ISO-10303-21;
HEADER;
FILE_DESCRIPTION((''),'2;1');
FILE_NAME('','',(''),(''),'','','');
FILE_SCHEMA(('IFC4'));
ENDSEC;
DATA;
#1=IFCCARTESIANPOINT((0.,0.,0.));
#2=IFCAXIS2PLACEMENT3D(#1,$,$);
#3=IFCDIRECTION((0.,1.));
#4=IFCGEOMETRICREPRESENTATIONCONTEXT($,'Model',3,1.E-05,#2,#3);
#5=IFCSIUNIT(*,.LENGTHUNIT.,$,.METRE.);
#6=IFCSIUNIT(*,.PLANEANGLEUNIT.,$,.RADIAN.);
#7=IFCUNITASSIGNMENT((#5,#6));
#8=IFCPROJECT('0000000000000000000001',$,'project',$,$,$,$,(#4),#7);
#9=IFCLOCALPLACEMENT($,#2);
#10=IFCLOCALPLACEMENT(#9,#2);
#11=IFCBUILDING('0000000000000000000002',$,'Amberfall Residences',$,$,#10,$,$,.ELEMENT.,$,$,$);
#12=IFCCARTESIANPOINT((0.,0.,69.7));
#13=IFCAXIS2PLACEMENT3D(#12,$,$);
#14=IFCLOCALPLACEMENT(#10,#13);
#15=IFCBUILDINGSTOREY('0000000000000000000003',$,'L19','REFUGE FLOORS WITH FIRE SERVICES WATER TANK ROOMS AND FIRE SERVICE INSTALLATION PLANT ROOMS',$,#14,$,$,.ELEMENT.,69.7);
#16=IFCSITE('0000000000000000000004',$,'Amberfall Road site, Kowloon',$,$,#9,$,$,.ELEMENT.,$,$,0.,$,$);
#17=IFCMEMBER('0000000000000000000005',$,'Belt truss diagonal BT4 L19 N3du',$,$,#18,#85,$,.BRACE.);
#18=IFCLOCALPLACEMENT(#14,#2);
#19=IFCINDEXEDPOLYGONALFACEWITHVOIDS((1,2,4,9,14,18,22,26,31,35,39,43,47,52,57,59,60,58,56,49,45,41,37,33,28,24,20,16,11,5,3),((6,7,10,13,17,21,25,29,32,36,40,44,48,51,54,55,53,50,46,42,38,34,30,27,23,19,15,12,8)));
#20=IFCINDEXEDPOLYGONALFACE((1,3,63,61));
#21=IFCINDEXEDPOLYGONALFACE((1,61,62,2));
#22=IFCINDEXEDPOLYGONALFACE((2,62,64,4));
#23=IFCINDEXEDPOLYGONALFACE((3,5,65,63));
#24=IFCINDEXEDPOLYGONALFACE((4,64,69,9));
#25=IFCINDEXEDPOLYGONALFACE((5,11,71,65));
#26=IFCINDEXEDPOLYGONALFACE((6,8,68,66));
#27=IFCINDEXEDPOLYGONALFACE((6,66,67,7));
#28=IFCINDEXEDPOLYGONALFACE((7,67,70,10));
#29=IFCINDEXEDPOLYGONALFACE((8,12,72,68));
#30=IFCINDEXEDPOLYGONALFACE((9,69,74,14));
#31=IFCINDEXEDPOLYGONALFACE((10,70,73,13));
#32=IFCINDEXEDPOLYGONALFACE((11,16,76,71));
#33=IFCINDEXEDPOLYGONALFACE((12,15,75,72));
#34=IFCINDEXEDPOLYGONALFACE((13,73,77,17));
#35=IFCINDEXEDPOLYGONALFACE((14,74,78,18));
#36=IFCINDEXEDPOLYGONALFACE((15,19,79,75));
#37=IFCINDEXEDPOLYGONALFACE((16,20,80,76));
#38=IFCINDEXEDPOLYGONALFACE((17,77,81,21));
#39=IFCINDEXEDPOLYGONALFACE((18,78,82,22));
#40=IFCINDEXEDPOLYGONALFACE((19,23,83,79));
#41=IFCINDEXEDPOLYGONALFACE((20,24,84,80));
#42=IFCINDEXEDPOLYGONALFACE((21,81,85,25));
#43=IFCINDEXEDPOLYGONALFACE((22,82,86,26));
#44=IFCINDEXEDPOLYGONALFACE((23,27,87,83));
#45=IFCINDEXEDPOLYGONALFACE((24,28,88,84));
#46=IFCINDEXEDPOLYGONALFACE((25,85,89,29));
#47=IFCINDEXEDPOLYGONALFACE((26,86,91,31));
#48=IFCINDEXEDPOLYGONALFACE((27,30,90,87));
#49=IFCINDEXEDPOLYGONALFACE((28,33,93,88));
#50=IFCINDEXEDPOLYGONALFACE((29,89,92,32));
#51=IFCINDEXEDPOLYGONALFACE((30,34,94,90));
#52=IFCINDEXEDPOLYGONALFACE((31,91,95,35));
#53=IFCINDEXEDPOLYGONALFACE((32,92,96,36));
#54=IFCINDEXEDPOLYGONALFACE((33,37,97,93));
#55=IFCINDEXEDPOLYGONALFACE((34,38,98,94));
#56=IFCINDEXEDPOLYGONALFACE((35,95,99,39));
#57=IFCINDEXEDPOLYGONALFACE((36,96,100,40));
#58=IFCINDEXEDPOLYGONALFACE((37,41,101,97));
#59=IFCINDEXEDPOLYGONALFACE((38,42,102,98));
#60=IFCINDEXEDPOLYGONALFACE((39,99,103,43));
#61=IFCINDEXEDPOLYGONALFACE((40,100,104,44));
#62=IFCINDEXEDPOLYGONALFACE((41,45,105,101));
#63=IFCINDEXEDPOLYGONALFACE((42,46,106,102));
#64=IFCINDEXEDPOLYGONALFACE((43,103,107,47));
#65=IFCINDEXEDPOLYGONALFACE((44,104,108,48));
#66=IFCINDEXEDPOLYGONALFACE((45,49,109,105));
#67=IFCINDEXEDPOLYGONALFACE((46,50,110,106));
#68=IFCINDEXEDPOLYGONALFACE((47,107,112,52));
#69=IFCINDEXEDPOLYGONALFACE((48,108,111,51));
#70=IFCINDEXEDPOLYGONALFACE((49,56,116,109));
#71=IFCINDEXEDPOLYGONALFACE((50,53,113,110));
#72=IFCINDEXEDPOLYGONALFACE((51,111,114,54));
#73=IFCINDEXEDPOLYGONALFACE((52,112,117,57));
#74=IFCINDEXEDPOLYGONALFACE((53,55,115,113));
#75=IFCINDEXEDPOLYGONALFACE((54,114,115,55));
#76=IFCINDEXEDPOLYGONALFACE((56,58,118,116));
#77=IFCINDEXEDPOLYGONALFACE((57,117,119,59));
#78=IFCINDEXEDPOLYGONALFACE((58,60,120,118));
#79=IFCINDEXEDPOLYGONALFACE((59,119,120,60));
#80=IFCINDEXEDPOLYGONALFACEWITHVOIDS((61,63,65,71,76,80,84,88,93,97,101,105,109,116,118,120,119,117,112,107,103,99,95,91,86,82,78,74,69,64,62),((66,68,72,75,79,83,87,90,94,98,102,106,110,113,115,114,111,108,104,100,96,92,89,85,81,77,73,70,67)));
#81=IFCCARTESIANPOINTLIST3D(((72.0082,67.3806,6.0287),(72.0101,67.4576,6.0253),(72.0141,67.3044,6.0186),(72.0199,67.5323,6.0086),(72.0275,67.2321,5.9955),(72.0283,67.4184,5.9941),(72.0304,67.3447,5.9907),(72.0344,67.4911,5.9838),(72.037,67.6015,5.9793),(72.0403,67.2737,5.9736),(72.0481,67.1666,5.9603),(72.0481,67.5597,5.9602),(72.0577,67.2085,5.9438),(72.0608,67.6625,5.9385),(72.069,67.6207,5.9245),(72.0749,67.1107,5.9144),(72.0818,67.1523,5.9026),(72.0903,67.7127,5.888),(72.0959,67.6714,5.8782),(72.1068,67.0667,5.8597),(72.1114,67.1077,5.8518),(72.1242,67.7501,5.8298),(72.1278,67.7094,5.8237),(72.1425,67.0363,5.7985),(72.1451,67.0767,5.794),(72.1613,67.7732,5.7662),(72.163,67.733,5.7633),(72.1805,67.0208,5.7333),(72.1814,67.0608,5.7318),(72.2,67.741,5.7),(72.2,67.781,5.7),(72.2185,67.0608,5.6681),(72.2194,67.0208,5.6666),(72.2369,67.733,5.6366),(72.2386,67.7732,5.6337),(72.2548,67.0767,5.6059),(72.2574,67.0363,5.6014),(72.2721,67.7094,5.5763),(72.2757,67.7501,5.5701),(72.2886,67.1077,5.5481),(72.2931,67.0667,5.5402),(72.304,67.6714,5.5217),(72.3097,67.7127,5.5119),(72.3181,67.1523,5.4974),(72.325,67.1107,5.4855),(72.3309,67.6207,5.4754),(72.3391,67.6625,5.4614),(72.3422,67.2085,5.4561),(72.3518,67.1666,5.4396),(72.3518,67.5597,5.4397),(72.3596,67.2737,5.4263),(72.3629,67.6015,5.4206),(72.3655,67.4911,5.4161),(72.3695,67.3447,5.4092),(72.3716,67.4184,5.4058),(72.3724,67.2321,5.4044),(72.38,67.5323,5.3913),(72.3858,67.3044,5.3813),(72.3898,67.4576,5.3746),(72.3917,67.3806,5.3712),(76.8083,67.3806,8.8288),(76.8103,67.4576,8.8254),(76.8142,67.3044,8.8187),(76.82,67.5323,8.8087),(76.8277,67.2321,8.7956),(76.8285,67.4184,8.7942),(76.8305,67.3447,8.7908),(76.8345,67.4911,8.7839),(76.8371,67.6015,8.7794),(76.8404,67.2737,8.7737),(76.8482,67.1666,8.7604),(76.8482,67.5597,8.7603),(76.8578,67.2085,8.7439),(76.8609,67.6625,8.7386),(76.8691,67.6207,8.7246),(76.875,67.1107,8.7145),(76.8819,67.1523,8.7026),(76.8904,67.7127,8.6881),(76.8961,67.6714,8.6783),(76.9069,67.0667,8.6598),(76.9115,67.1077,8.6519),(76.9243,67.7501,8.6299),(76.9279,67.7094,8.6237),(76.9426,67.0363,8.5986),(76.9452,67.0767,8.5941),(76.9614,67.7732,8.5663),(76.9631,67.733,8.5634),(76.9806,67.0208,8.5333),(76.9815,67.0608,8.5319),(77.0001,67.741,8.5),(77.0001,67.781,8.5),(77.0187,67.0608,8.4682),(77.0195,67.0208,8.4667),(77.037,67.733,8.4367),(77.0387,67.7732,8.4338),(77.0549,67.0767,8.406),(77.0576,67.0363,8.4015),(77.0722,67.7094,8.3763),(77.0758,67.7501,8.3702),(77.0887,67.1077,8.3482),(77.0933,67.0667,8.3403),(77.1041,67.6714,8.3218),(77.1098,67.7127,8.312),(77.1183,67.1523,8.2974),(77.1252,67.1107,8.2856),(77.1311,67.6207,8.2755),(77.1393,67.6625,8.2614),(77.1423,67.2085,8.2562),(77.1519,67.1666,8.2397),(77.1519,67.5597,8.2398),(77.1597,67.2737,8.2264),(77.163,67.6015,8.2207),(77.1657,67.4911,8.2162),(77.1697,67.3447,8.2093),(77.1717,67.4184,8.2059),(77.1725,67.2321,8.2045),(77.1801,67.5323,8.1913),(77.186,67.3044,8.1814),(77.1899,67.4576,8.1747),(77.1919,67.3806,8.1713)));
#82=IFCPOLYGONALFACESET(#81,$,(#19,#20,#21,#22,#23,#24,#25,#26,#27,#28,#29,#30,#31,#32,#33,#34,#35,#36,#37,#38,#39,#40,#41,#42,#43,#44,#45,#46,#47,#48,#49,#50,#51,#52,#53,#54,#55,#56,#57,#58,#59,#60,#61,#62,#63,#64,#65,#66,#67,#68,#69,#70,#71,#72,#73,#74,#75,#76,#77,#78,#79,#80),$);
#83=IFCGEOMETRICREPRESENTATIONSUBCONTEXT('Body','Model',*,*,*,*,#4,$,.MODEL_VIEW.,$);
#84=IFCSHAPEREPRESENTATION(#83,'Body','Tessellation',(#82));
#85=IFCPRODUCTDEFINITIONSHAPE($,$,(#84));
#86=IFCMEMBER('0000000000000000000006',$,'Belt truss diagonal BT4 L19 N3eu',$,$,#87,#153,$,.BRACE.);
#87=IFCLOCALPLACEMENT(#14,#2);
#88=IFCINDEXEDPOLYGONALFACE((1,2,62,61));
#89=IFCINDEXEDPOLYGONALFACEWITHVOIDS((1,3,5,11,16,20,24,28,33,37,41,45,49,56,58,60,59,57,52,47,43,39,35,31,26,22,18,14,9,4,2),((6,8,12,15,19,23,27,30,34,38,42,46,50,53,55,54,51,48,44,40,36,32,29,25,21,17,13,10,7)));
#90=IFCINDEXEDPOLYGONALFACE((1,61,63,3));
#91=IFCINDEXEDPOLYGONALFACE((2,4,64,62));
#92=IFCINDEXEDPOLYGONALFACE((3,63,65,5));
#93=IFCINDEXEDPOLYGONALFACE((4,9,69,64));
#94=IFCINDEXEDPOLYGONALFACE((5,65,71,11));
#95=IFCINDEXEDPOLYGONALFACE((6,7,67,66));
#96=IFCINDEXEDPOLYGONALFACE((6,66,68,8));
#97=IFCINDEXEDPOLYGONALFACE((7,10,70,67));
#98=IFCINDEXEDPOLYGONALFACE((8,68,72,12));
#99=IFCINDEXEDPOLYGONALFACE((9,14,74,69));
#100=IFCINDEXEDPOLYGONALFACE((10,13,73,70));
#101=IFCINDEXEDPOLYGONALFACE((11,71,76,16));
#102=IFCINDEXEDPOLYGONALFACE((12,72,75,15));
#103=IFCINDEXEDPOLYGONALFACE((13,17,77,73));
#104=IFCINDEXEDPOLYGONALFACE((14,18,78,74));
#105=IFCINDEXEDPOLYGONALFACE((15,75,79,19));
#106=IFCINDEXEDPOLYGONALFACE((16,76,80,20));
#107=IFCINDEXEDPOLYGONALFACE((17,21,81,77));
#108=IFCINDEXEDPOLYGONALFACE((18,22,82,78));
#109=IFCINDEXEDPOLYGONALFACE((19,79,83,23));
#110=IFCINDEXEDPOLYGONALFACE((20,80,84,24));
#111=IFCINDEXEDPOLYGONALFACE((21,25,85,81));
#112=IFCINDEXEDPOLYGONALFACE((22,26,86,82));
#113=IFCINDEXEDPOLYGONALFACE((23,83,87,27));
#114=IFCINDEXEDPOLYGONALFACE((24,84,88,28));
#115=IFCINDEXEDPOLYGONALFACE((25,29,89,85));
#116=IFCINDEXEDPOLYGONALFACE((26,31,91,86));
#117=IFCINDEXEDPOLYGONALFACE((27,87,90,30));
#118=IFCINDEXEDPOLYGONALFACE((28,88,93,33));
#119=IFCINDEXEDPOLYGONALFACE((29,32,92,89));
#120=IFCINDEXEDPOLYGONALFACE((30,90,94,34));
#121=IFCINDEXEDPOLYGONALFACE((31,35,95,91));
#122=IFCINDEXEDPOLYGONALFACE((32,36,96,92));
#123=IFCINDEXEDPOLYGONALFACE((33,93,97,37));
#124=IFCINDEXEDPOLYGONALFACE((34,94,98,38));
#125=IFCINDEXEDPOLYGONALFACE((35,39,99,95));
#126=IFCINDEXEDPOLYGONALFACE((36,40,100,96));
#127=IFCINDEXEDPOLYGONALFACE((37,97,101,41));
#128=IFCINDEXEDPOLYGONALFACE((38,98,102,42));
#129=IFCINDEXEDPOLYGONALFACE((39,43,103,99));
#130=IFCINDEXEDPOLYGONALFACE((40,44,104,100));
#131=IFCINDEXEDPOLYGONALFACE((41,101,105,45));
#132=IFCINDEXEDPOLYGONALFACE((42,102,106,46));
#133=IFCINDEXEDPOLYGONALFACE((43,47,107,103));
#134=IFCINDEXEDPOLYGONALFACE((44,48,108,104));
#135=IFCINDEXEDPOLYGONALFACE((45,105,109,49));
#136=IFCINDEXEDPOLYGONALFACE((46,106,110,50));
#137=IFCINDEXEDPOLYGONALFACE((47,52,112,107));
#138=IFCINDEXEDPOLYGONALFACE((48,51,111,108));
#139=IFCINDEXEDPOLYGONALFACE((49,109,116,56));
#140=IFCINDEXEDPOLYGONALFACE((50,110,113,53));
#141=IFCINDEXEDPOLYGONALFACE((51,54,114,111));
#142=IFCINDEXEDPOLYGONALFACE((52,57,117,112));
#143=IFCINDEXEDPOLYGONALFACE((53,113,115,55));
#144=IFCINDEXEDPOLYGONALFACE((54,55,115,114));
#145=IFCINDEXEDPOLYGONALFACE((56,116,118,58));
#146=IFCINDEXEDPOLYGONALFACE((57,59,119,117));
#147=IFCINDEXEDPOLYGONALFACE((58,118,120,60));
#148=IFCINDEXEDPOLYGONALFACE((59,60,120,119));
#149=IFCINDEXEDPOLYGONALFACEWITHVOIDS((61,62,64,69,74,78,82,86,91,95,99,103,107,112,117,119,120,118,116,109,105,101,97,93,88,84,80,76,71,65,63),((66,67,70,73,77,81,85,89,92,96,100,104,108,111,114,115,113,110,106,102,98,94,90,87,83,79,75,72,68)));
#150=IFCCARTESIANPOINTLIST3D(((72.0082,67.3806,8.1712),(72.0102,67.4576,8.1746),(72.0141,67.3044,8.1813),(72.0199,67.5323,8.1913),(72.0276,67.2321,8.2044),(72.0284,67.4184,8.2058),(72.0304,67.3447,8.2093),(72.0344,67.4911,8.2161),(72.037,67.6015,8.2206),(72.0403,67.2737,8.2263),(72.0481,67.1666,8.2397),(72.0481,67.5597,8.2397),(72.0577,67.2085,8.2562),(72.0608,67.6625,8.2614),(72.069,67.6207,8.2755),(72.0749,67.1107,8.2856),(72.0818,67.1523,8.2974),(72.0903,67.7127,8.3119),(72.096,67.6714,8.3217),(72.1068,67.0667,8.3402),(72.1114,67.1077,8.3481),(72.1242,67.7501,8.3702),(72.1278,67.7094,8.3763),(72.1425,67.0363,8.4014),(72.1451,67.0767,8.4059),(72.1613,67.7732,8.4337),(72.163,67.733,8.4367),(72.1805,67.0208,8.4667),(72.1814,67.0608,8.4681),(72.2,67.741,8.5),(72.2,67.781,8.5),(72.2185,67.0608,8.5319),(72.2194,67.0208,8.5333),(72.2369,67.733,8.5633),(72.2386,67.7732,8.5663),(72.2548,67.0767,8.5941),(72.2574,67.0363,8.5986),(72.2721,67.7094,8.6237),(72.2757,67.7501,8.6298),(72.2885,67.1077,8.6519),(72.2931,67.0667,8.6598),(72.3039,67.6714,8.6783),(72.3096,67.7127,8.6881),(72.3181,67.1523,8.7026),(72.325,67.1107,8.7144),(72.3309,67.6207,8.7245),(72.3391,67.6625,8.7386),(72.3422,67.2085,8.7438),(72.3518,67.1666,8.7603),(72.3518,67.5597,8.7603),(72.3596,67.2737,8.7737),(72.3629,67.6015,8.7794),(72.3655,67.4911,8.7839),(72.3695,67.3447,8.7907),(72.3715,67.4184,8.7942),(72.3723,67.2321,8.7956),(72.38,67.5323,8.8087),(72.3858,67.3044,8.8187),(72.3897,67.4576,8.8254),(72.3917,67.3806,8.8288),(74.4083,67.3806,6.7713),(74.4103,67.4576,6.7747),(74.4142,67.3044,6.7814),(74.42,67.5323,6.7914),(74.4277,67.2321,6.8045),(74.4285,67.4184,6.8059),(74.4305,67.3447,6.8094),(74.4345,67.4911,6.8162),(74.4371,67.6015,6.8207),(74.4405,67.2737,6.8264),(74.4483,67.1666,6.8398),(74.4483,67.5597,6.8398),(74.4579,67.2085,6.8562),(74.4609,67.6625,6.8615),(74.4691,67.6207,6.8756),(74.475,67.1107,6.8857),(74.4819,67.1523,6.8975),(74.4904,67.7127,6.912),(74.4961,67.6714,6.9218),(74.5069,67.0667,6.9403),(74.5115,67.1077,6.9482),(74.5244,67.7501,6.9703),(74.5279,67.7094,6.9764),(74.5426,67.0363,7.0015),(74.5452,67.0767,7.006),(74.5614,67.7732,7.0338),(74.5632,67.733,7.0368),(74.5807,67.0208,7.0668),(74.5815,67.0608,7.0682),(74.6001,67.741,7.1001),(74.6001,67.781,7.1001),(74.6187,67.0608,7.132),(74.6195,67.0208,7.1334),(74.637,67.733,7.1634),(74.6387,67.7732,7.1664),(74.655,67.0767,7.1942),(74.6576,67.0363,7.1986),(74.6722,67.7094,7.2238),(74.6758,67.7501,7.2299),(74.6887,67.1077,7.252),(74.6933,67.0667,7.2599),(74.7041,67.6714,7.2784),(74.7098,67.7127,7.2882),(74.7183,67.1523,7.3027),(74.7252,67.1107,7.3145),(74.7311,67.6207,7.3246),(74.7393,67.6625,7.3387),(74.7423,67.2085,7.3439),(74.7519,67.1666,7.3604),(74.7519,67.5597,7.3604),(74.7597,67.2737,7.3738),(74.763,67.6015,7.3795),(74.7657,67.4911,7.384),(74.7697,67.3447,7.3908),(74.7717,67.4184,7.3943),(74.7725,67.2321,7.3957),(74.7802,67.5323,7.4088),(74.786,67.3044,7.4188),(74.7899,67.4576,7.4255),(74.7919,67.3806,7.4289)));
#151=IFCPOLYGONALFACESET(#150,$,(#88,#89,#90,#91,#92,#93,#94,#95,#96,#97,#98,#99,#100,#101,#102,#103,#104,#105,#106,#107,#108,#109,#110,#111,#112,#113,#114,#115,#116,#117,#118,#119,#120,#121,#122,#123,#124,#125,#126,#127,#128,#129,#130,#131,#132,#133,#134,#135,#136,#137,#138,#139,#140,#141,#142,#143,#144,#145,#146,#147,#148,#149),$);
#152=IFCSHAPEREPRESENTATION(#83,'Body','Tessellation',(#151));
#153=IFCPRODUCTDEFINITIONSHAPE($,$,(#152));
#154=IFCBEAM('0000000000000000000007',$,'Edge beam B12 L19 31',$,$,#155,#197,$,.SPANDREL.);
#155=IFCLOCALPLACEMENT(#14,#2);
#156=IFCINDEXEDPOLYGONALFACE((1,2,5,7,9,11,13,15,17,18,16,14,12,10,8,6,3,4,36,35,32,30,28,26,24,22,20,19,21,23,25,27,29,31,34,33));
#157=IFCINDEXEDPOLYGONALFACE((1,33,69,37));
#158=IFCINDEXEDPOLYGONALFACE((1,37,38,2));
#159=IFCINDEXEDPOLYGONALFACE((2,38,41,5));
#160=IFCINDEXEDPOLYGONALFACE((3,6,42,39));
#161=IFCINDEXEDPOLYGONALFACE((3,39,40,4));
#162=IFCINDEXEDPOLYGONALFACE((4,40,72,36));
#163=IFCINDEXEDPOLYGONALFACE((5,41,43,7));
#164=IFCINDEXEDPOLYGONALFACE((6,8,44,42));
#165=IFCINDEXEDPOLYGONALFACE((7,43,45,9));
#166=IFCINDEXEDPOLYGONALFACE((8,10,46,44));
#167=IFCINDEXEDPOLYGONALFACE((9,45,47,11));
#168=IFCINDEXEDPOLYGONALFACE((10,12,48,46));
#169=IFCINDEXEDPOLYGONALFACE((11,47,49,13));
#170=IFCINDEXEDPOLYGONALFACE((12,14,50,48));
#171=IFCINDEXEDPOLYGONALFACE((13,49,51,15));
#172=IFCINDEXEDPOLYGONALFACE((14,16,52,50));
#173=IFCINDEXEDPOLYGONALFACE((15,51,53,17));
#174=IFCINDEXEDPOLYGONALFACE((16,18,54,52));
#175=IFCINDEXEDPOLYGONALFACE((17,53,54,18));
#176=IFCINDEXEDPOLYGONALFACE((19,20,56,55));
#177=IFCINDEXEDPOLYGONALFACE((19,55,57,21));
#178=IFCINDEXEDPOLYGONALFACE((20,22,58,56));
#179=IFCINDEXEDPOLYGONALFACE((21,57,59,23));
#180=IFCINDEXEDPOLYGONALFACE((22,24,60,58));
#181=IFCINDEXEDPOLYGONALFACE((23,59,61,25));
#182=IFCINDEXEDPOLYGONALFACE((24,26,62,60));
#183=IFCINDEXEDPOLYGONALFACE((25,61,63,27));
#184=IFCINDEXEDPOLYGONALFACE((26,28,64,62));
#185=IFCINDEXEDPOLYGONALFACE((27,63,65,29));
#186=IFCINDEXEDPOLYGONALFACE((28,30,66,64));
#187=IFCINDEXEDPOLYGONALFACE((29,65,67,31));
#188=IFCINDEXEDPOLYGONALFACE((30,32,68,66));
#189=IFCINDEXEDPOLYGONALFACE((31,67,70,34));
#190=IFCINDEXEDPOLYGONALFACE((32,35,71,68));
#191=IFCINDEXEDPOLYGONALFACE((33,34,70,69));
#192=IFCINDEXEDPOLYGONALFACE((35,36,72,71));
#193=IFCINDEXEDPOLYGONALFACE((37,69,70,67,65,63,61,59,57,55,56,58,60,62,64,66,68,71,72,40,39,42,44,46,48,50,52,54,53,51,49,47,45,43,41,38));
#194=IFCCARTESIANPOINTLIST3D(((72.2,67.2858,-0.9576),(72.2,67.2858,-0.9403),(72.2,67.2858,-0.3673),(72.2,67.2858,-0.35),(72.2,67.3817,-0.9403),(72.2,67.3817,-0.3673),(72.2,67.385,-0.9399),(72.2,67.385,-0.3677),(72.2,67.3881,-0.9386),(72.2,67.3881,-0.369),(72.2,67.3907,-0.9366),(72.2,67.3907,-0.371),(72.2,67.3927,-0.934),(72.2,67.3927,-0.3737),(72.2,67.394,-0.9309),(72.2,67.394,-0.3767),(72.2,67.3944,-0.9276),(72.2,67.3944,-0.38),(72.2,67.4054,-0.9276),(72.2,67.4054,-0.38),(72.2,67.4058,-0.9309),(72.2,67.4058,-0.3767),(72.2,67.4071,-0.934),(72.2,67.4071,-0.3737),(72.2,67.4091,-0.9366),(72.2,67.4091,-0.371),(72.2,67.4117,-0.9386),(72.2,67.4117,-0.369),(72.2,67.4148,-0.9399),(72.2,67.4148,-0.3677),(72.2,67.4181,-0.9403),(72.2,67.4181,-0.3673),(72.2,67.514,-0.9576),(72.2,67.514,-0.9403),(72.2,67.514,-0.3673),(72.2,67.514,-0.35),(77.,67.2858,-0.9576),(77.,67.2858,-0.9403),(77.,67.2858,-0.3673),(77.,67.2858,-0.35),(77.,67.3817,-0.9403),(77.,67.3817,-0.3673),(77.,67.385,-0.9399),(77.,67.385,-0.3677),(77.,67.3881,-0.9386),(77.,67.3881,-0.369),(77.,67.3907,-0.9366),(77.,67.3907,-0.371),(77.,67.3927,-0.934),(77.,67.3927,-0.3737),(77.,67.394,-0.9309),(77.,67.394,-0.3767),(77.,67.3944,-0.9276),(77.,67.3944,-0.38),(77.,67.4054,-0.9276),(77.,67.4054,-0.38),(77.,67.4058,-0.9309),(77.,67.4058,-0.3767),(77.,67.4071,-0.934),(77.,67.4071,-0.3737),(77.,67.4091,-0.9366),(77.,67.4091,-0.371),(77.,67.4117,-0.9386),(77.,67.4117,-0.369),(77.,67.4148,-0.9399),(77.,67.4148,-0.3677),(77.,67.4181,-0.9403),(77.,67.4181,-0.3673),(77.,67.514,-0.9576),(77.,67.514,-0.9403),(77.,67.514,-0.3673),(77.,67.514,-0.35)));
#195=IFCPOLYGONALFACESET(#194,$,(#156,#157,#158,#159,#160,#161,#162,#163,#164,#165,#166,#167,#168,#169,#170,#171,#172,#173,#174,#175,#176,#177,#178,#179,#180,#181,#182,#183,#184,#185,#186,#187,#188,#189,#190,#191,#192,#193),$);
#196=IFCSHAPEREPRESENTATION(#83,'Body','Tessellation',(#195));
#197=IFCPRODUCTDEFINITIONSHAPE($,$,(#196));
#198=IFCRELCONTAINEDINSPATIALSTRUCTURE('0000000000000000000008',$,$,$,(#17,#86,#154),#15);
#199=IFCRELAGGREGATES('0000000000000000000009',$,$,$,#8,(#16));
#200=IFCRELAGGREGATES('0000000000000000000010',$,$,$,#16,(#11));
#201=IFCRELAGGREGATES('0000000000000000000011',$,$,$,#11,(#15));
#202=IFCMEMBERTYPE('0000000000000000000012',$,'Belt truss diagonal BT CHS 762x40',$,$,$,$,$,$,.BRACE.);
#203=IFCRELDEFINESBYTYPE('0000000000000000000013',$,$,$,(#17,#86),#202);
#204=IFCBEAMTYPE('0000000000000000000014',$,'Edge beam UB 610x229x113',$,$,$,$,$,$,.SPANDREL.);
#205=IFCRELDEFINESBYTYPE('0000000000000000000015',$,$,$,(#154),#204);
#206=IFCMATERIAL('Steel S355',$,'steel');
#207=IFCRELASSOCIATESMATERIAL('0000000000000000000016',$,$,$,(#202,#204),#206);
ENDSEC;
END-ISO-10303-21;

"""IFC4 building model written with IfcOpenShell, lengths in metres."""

from ifc_helpers import new_model, si_unit, direction, frame, origin, origin_2d, place, context, subcontext, project, spatial, hollow_circle, i_section, extrude, material, material_profile, profile_set, type_object, element, save


model = new_model("IFC4")

# Units and contexts
model_context = context("Model", 3, precision=1e-05, world=origin(), true_north=direction((0.0, 1.0)))
body_context = subcontext(model_context, "Body", "Model", "MODEL_VIEW")
ifc_project = project(units=[si_unit("LENGTHUNIT", "METRE"), si_unit("PLANEANGLEUNIT", "RADIAN")], contexts=[model_context])

# Site, building, storey
site_placement = place(None, origin())
site = spatial("IfcSite", under=ifc_project, at=site_placement, Name="Amberfall Road site, Kowloon", CompositionType="ELEMENT", RefElevation=0.0)
building_placement = place(site_placement, origin())
building = spatial("IfcBuilding", under=site, at=building_placement, Name="Amberfall Residences", CompositionType="ELEMENT")
storey_placement = place(building_placement, frame((0.0, 0.0, 69.7)))
storey = spatial("IfcBuildingStorey", under=building, at=storey_placement, Name="L19", Description="REFUGE FLOORS WITH FIRE SERVICES WATER TANK ROOMS AND FIRE SERVICE INSTALLATION PLANT ROOMS", CompositionType="ELEMENT", Elevation=69.7)

# Shared definitions
ifc_material_1 = material(Name="Steel S355", Category="steel")

# Members
ifc_material_profile_1 = material_profile(ifc_material_1, hollow_circle(Radius=0.3811, WallThickness=0.04, at=origin_2d()), Name="CHS 762x40")
ifc_profile_set_1 = profile_set([ifc_material_profile_1], Name="Steel S355")
member_type = type_object("IfcMemberType", Name="Belt truss diagonal BT CHS 762x40", PredefinedType="BRACE", material=ifc_profile_set_1)
member_1_placement = place(storey_placement, frame((72.2, 67.3999, 5.7), z_axis=(0.863777, 0.0, 0.503874), x_axis=(0.0, 1.0, 0.0)))
element("IfcMember", 1, at=member_1_placement, inside=storey, type_object=member_type, Name="Belt truss diagonal BT4 L19 N3du", PredefinedType="BRACE", context=body_context, shape_type="SweptSolid", body=[
    extrude(hollow_circle(Radius=0.3811, WallThickness=0.04, at=origin_2d()), origin(), (0.0, 0.0, 1.0), 5.5571),
])
member_2_placement = place(storey_placement, frame((72.2, 67.3999, 8.5), z_axis=(0.863808, 0.0, -0.503822), x_axis=(0.0, 1.0, 0.0)))
element("IfcMember", 2, at=member_2_placement, inside=storey, type_object=member_type, Name="Belt truss diagonal BT4 L19 N3eu", PredefinedType="BRACE", context=body_context, shape_type="SweptSolid", body=[
    extrude(hollow_circle(Radius=0.3811, WallThickness=0.04, at=origin_2d()), origin(), (0.0, 0.0, 1.0), 2.7786),
])

# Beam
ifc_material_profile_2 = material_profile(ifc_material_1, i_section(OverallWidth=0.2283, OverallDepth=0.6077, WebThickness=0.011, FlangeThickness=0.0173, FilletRadius=0.0127, at=origin_2d()), Name="UB 610x229x113")
ifc_profile_set_2 = profile_set([ifc_material_profile_2], Name="Steel S355")
beam_type_1 = type_object("IfcBeamType", Name="Edge beam UB 610x229x113", PredefinedType="SPANDREL", material=ifc_profile_set_2)
beam_placement = place(storey_placement, frame((72.2, 67.3999, -0.6538), z_axis=(1.0, 0.0, 0.0), x_axis=(0.0, 1.0, 0.0)))
element("IfcBeam", 3, at=beam_placement, inside=storey, type_object=beam_type_1, Name="Edge beam B12 L19 31", PredefinedType="SPANDREL", context=body_context, shape_type="SweptSolid", body=[
    extrude(i_section(OverallWidth=0.2283, OverallDepth=0.6077, WebThickness=0.011, FlangeThickness=0.0173, FilletRadius=0.0127, at=origin_2d()), origin(), (0.0, 0.0, 1.0), 4.8),
])

save(model, "model.ifc")
